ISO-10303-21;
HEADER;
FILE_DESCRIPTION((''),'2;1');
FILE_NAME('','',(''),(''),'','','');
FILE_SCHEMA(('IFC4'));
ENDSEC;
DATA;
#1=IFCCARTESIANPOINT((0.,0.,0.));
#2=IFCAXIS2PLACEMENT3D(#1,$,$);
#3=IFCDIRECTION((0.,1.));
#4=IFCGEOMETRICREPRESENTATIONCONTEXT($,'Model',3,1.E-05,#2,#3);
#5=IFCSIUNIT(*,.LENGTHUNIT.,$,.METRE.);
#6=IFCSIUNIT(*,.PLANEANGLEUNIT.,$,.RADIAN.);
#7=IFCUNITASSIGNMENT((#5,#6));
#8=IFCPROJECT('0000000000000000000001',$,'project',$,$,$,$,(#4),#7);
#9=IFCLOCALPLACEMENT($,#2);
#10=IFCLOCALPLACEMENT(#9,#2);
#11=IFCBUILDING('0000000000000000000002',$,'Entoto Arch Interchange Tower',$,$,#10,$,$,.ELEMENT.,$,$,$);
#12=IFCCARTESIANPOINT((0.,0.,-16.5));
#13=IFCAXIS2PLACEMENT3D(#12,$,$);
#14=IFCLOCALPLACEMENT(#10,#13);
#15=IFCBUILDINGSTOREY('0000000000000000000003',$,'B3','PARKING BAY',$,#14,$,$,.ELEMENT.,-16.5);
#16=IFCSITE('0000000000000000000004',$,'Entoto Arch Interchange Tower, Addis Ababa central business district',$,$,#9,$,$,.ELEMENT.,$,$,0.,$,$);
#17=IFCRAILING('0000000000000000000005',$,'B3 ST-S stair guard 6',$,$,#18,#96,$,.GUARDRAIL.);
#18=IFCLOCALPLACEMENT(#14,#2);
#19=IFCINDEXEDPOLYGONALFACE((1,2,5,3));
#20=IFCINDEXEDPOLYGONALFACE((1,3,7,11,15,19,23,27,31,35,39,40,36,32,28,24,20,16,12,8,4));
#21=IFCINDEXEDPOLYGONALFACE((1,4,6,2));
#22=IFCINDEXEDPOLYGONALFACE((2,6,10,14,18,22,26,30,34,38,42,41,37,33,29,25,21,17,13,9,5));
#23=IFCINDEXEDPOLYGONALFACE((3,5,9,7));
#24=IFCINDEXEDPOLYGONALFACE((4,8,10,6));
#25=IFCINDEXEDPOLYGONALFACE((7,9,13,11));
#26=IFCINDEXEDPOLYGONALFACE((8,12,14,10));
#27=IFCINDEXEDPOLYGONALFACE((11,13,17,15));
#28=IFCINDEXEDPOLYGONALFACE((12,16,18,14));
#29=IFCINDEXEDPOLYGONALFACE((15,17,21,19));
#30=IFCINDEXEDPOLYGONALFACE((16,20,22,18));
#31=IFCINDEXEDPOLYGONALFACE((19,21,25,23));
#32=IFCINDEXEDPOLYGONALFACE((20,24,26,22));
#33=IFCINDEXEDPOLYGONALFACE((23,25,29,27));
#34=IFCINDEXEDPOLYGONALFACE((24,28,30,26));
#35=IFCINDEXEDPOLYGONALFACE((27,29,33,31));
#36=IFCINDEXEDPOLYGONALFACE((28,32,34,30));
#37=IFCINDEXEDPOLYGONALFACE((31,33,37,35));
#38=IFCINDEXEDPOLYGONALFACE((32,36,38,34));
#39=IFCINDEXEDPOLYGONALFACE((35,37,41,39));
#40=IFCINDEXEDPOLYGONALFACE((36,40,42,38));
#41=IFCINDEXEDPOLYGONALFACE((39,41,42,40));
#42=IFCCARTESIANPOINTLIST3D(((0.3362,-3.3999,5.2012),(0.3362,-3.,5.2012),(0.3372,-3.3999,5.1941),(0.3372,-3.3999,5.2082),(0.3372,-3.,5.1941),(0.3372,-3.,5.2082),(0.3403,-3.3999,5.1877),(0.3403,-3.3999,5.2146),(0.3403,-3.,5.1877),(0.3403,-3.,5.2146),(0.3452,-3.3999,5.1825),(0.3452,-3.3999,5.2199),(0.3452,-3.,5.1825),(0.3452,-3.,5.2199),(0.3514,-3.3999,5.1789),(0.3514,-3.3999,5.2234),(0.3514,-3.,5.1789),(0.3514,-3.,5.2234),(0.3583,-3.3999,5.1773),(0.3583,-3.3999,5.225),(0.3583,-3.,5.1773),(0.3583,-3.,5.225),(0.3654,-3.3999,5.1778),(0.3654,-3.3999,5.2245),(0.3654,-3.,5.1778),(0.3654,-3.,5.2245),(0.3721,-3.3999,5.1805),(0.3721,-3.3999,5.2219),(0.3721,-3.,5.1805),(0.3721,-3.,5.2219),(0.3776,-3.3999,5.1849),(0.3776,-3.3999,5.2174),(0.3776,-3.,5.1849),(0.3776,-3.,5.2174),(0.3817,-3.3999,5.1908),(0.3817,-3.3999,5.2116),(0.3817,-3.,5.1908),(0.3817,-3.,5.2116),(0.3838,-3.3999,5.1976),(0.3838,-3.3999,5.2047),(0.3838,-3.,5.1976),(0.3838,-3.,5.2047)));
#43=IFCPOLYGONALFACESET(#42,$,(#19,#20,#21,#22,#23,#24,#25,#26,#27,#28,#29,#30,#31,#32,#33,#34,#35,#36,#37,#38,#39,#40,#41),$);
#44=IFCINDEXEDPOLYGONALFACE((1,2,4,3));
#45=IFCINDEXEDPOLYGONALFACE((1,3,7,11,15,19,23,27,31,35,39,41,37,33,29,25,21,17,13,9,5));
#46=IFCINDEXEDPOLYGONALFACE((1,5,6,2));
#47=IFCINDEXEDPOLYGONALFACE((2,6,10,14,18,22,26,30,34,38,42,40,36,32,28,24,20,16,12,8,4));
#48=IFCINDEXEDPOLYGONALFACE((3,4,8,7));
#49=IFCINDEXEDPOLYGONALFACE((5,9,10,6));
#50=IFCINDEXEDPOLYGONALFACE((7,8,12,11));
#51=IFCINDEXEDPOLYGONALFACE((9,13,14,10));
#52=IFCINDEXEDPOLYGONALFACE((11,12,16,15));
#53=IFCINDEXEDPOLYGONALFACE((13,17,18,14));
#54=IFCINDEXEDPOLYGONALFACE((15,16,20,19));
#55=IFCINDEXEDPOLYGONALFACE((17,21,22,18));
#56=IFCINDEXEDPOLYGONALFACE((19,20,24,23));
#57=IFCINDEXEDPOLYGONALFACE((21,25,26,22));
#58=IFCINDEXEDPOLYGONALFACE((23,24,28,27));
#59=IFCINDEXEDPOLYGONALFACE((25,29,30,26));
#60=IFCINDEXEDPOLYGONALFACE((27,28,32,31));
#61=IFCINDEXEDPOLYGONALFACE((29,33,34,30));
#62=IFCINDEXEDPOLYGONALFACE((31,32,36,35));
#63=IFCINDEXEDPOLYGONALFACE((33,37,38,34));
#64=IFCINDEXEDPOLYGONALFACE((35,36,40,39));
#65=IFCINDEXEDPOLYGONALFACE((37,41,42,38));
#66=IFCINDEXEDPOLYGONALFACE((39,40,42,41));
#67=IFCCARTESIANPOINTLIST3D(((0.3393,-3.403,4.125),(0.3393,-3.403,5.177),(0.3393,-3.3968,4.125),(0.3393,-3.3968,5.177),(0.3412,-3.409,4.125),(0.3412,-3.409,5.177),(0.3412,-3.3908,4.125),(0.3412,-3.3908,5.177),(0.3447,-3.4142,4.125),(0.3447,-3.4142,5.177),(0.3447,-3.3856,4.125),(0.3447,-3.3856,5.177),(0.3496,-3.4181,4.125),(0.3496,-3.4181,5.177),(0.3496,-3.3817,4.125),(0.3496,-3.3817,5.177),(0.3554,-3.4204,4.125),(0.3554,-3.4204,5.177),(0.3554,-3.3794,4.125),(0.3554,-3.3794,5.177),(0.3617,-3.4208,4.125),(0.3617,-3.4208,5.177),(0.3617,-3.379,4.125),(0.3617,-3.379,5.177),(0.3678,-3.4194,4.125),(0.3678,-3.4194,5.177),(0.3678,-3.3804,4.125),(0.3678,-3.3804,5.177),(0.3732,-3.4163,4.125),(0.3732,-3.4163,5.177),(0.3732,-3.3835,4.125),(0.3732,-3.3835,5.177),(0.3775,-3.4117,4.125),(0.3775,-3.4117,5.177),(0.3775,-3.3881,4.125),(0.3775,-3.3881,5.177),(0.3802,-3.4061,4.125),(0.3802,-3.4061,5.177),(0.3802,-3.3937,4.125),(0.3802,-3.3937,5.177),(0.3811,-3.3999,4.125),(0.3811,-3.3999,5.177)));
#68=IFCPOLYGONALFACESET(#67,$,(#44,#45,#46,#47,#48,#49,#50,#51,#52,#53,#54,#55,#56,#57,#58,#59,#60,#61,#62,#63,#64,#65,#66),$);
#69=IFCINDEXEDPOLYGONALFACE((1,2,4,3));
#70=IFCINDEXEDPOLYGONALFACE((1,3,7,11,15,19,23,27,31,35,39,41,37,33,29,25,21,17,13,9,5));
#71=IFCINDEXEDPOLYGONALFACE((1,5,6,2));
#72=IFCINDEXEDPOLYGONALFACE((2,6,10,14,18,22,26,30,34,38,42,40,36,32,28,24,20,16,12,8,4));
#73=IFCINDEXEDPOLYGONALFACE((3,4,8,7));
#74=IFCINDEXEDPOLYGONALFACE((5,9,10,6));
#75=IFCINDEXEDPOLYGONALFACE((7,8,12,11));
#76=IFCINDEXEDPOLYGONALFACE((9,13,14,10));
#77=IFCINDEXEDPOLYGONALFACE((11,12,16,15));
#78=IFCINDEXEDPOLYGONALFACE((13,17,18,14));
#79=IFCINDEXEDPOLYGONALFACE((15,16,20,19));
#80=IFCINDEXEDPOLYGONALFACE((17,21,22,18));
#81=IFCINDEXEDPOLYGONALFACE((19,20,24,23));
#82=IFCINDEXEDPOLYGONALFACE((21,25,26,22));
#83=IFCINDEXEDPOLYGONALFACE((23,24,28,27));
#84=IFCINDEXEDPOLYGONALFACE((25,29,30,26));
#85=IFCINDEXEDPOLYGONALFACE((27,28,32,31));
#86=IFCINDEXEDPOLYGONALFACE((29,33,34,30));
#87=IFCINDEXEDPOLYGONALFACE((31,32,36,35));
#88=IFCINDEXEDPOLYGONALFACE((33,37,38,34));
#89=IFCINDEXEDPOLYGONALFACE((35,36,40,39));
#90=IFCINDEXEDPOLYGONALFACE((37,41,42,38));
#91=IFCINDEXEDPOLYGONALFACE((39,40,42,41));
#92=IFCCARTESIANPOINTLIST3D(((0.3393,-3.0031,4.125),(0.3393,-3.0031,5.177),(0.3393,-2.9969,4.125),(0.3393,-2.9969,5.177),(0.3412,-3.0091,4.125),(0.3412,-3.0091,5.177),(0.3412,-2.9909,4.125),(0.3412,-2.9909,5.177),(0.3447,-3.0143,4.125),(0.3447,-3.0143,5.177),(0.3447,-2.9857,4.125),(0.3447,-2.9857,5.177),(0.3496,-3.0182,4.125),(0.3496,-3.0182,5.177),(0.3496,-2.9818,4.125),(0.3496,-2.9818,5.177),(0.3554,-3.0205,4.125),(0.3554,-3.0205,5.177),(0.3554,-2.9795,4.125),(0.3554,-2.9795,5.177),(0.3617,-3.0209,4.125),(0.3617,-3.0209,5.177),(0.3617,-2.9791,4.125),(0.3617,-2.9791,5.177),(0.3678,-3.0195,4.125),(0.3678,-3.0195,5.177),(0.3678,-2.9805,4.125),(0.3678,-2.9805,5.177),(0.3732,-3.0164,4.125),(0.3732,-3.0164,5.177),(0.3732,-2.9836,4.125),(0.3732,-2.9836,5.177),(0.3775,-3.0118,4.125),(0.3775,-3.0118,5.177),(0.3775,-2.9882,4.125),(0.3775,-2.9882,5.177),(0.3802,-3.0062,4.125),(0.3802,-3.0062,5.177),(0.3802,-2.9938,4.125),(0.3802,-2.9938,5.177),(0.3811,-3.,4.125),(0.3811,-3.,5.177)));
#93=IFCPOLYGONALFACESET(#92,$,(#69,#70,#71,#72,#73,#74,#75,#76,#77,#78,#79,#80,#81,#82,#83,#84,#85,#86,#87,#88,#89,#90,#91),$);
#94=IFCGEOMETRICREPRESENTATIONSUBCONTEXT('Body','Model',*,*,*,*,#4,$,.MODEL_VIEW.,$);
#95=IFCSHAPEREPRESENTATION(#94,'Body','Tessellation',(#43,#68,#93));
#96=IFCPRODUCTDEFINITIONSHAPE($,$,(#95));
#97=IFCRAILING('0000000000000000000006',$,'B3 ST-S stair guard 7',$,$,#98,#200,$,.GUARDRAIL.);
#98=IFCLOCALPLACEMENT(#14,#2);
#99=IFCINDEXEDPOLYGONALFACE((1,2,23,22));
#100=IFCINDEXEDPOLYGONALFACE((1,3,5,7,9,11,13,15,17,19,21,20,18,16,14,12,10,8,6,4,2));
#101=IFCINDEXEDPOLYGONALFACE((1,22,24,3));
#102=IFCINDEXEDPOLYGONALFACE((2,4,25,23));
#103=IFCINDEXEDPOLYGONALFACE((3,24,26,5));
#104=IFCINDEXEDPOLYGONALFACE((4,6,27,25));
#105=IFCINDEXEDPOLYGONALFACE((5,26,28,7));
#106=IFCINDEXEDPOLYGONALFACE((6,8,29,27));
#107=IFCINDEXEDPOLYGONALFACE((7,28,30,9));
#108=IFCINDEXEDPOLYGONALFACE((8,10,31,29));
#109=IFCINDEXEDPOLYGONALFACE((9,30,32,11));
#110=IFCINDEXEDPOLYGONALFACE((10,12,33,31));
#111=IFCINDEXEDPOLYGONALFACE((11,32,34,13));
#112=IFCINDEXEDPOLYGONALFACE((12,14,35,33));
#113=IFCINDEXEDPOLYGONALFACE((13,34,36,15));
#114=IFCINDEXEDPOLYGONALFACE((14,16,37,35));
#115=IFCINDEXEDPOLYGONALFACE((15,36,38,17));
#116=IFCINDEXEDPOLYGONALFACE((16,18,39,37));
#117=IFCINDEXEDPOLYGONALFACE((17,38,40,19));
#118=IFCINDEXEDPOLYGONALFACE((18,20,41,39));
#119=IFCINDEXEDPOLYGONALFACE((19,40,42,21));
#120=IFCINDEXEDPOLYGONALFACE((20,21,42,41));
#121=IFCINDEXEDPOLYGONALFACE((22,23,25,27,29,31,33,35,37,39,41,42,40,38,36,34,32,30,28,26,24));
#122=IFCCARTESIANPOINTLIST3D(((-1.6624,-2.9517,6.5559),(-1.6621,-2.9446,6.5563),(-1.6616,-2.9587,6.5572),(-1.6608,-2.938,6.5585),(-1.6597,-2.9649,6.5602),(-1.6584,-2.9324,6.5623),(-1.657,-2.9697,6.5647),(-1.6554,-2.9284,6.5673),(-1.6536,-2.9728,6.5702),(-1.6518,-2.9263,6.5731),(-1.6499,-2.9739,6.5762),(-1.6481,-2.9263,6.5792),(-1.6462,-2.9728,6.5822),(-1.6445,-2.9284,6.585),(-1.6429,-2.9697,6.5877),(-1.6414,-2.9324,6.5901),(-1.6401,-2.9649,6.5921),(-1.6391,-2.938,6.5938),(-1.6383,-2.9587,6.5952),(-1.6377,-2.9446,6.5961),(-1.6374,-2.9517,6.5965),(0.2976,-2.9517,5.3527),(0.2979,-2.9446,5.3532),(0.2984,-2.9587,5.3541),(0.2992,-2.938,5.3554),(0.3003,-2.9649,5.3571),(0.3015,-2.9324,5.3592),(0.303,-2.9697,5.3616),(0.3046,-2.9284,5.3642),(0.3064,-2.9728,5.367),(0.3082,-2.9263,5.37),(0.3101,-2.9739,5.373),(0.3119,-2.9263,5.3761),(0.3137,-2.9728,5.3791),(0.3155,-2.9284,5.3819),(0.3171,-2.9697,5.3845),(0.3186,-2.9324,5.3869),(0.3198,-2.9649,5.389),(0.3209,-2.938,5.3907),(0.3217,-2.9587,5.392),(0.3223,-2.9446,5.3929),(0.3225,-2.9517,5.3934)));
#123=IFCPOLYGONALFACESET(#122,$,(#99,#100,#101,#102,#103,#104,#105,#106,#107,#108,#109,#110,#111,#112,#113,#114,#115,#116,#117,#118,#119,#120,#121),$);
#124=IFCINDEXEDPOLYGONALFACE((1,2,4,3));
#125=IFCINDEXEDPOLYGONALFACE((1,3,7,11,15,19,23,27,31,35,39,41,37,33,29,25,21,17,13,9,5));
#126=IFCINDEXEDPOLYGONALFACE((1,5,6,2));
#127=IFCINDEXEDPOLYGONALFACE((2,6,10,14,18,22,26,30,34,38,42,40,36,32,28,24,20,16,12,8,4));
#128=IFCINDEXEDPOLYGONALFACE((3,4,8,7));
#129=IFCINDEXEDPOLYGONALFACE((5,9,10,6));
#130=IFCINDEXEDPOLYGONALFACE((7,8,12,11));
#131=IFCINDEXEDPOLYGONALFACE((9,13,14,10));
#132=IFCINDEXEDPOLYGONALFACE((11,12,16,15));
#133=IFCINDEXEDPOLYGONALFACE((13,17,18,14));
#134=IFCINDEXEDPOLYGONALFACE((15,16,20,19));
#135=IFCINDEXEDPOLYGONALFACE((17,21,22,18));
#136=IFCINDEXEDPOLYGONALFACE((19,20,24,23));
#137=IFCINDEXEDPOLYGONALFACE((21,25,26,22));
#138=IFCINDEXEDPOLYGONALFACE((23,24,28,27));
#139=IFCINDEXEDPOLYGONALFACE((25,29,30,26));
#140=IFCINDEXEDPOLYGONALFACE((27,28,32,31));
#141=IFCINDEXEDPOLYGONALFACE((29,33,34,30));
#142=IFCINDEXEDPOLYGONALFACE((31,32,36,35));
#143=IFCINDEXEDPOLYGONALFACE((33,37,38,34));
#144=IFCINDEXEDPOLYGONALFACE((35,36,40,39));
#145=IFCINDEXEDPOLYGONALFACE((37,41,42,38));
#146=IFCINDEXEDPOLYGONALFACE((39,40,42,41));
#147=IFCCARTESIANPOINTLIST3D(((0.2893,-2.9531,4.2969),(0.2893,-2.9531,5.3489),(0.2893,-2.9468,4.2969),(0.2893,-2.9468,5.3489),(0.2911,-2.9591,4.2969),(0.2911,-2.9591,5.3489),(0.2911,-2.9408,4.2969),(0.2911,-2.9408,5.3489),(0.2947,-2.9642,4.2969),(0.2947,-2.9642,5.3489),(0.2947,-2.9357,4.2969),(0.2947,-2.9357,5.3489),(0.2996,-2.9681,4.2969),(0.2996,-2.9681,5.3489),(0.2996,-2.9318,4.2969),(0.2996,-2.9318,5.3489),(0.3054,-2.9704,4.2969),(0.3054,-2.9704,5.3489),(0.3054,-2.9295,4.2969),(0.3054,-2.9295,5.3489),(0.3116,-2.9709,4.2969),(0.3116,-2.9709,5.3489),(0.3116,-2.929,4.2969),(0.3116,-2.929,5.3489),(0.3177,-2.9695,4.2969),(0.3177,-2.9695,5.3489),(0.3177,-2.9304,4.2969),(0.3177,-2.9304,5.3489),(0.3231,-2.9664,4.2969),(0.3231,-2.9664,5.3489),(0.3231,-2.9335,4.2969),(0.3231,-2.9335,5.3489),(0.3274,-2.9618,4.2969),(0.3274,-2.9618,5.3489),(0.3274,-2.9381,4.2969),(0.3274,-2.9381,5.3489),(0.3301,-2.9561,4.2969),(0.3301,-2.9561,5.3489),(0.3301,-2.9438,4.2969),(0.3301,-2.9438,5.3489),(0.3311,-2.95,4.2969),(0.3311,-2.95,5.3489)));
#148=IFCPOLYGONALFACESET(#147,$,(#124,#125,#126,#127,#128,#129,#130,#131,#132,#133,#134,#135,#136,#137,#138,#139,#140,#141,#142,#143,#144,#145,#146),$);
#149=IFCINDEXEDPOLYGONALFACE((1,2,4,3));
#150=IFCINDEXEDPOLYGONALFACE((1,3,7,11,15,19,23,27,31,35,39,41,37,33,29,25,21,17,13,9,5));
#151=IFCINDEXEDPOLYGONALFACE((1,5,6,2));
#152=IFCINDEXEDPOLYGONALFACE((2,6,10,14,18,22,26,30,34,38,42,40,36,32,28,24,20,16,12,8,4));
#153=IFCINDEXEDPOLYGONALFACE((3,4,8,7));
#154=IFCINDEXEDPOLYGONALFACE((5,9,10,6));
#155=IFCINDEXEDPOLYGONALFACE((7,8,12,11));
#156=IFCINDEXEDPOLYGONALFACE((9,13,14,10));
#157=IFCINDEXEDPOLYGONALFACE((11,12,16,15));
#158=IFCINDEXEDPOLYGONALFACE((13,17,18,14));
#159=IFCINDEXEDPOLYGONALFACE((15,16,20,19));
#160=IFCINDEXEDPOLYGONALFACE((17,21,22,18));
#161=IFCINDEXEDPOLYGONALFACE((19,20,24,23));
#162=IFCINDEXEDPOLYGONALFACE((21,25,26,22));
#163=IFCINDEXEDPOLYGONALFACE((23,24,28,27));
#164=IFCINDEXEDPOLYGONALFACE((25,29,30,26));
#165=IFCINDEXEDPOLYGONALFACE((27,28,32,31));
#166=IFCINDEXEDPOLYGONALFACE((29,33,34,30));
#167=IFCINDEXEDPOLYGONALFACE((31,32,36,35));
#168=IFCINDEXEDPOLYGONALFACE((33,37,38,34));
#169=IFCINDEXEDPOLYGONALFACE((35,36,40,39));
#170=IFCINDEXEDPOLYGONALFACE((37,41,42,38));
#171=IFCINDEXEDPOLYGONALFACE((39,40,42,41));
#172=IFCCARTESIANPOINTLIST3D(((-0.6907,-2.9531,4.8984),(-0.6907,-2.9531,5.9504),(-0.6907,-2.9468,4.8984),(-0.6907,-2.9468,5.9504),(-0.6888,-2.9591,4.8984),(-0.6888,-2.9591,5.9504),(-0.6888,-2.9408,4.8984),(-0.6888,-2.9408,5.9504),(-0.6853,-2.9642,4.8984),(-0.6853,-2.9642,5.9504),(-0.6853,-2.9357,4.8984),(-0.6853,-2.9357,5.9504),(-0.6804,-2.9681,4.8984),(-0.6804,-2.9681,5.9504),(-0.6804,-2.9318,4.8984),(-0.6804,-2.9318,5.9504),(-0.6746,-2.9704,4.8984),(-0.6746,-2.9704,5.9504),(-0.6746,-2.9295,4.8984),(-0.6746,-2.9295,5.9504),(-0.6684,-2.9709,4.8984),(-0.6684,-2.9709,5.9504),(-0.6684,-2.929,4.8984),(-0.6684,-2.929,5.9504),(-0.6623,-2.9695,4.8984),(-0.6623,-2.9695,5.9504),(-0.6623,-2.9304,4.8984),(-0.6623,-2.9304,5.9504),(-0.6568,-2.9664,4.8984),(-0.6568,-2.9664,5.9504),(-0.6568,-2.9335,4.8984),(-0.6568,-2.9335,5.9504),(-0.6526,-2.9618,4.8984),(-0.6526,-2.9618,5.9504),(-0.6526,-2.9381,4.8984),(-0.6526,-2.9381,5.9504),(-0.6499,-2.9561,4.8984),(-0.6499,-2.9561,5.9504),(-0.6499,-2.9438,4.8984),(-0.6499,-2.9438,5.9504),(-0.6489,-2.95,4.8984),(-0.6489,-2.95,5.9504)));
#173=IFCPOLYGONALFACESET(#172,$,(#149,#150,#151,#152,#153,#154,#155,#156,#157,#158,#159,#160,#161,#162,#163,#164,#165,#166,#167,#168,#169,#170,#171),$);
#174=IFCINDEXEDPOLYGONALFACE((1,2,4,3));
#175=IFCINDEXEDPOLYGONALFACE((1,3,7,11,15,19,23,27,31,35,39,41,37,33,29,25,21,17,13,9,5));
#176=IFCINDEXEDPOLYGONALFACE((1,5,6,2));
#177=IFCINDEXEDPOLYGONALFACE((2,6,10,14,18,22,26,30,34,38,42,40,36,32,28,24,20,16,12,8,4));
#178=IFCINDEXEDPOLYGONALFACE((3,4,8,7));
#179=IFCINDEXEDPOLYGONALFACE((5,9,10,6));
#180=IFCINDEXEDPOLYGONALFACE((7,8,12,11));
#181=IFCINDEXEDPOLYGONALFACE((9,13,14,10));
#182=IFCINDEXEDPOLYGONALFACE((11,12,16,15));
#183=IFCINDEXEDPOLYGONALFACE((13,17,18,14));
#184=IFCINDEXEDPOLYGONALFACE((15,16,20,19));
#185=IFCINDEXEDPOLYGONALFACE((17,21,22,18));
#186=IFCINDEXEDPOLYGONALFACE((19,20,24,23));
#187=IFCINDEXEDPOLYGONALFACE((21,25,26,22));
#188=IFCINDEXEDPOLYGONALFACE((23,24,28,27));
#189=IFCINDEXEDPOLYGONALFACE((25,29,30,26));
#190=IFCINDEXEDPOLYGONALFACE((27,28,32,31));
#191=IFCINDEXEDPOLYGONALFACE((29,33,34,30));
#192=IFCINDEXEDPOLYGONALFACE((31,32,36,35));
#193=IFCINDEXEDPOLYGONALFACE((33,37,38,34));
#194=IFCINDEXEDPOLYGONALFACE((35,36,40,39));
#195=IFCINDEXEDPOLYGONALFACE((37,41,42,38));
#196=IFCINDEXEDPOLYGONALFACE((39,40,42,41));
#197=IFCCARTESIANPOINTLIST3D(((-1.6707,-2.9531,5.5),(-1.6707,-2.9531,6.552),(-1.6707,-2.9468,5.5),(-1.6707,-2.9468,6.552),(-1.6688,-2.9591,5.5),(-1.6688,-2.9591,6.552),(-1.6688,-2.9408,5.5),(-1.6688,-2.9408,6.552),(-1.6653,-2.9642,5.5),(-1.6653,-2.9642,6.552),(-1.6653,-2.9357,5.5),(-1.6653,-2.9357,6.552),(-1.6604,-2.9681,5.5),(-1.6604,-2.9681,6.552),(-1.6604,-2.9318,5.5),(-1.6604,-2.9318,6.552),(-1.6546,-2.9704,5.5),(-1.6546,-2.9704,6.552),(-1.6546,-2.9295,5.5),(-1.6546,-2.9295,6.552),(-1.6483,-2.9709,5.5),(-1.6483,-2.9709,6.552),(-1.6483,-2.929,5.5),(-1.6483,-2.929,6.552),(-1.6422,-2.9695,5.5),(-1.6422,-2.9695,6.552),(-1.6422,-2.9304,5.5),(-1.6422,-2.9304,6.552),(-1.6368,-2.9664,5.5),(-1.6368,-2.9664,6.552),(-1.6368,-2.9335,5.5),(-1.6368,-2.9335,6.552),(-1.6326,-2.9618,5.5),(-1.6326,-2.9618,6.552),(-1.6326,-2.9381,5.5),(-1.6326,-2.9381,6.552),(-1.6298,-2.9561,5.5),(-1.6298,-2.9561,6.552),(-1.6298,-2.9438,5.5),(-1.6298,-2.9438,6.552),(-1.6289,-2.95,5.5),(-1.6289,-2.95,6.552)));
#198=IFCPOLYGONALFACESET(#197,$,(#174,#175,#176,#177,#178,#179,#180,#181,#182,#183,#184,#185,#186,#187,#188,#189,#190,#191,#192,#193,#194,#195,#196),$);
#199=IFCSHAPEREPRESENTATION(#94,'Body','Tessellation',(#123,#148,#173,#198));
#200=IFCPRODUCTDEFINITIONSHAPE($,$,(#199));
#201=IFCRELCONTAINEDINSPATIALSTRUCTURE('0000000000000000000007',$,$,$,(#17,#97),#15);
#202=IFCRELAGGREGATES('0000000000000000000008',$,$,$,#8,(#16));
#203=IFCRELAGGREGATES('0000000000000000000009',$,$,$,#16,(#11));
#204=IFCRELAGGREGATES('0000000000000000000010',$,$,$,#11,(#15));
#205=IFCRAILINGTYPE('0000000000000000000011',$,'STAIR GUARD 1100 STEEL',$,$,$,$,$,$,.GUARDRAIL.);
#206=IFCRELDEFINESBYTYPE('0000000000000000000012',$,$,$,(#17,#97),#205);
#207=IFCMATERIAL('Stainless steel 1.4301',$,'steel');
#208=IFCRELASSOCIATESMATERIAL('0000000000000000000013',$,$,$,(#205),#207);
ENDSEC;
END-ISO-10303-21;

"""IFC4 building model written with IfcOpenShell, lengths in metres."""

from ifc_helpers import new_model, si_unit, direction, frame, origin, origin_2d, place, context, subcontext, project, spatial, circle, extrude, material, type_object, element, save


model = new_model("IFC4")

# Units and contexts
model_context = context("Model", 3, precision=1e-05, world=origin(), true_north=direction((0.0, 1.0)))
body_context = subcontext(model_context, "Body", "Model", "MODEL_VIEW")
ifc_project = project(units=[si_unit("LENGTHUNIT", "METRE"), si_unit("PLANEANGLEUNIT", "RADIAN")], contexts=[model_context])

# Site, building, storey
site_placement = place(None, origin())
site = spatial("IfcSite", under=ifc_project, at=site_placement, Name="Entoto Arch Interchange Tower, Addis Ababa central business district", CompositionType="ELEMENT", RefElevation=0.0)
building_placement = place(site_placement, origin())
building = spatial("IfcBuilding", under=site, at=building_placement, Name="Entoto Arch Interchange Tower", CompositionType="ELEMENT")
storey_placement = place(building_placement, frame((0.0, 0.0, -16.5)))
storey = spatial("IfcBuildingStorey", under=building, at=storey_placement, Name="B3", Description="PARKING BAY", CompositionType="ELEMENT", Elevation=-16.5)

# Railings
ifc_material_1 = material(Name="Stainless steel 1.4301", Category="steel")
railing_type_1 = type_object("IfcRailingType", Name="STAIR GUARD 1100 STEEL", PredefinedType="GUARDRAIL", material=ifc_material_1)
railing_1_placement = place(storey_placement, frame((0.3601, -3.3999, 4.125)))
element("IfcRailing", 1, at=railing_1_placement, inside=storey, type_object=railing_type_1, Name="B3 ST-S stair guard 6", PredefinedType="GUARDRAIL", context=body_context, shape_type="SweptSolid", body=[
    extrude(circle(Radius=0.0239, at=origin_2d()), frame((0.0, 0.0, 1.0762), z_axis=(0.0, 1.0, 0.0), x_axis=(-1.0, 0.0, 0.0)), (0.0, 0.0, 1.0), 0.3999),
    extrude(circle(Radius=0.021, at=origin_2d()), origin(), (0.0, 0.0, 1.0), 1.052),
    extrude(circle(Radius=0.021, at=origin_2d()), frame((0.0, 0.3999, 0.0)), (0.0, 0.0, 1.0), 1.052),
])
railing_2_placement = place(storey_placement, frame((0.3101, -2.95, 4.2969)))
element("IfcRailing", 2, at=railing_2_placement, inside=storey, type_object=railing_type_1, Name="B3 ST-S stair guard 7", PredefinedType="GUARDRAIL", context=body_context, shape_type="SweptSolid", body=[
    extrude(circle(Radius=0.0239, at=origin_2d()), frame((0.0, 0.0, 1.0762), z_axis=(-0.852241, 0.0, 0.523149), x_axis=(0.0, -1.0, 0.0)), (0.0, 0.0, 1.0), 2.2998),
    extrude(circle(Radius=0.021, at=origin_2d()), origin(), (0.0, 0.0, 1.0), 1.052),
    extrude(circle(Radius=0.021, at=origin_2d()), frame((-0.98, 0.0, 0.6016)), (0.0, 0.0, 1.0), 1.052),
    extrude(circle(Radius=0.021, at=origin_2d()), frame((-1.96, 0.0, 1.2031)), (0.0, 0.0, 1.0), 1.052),
])

save(model, "model.ifc")
